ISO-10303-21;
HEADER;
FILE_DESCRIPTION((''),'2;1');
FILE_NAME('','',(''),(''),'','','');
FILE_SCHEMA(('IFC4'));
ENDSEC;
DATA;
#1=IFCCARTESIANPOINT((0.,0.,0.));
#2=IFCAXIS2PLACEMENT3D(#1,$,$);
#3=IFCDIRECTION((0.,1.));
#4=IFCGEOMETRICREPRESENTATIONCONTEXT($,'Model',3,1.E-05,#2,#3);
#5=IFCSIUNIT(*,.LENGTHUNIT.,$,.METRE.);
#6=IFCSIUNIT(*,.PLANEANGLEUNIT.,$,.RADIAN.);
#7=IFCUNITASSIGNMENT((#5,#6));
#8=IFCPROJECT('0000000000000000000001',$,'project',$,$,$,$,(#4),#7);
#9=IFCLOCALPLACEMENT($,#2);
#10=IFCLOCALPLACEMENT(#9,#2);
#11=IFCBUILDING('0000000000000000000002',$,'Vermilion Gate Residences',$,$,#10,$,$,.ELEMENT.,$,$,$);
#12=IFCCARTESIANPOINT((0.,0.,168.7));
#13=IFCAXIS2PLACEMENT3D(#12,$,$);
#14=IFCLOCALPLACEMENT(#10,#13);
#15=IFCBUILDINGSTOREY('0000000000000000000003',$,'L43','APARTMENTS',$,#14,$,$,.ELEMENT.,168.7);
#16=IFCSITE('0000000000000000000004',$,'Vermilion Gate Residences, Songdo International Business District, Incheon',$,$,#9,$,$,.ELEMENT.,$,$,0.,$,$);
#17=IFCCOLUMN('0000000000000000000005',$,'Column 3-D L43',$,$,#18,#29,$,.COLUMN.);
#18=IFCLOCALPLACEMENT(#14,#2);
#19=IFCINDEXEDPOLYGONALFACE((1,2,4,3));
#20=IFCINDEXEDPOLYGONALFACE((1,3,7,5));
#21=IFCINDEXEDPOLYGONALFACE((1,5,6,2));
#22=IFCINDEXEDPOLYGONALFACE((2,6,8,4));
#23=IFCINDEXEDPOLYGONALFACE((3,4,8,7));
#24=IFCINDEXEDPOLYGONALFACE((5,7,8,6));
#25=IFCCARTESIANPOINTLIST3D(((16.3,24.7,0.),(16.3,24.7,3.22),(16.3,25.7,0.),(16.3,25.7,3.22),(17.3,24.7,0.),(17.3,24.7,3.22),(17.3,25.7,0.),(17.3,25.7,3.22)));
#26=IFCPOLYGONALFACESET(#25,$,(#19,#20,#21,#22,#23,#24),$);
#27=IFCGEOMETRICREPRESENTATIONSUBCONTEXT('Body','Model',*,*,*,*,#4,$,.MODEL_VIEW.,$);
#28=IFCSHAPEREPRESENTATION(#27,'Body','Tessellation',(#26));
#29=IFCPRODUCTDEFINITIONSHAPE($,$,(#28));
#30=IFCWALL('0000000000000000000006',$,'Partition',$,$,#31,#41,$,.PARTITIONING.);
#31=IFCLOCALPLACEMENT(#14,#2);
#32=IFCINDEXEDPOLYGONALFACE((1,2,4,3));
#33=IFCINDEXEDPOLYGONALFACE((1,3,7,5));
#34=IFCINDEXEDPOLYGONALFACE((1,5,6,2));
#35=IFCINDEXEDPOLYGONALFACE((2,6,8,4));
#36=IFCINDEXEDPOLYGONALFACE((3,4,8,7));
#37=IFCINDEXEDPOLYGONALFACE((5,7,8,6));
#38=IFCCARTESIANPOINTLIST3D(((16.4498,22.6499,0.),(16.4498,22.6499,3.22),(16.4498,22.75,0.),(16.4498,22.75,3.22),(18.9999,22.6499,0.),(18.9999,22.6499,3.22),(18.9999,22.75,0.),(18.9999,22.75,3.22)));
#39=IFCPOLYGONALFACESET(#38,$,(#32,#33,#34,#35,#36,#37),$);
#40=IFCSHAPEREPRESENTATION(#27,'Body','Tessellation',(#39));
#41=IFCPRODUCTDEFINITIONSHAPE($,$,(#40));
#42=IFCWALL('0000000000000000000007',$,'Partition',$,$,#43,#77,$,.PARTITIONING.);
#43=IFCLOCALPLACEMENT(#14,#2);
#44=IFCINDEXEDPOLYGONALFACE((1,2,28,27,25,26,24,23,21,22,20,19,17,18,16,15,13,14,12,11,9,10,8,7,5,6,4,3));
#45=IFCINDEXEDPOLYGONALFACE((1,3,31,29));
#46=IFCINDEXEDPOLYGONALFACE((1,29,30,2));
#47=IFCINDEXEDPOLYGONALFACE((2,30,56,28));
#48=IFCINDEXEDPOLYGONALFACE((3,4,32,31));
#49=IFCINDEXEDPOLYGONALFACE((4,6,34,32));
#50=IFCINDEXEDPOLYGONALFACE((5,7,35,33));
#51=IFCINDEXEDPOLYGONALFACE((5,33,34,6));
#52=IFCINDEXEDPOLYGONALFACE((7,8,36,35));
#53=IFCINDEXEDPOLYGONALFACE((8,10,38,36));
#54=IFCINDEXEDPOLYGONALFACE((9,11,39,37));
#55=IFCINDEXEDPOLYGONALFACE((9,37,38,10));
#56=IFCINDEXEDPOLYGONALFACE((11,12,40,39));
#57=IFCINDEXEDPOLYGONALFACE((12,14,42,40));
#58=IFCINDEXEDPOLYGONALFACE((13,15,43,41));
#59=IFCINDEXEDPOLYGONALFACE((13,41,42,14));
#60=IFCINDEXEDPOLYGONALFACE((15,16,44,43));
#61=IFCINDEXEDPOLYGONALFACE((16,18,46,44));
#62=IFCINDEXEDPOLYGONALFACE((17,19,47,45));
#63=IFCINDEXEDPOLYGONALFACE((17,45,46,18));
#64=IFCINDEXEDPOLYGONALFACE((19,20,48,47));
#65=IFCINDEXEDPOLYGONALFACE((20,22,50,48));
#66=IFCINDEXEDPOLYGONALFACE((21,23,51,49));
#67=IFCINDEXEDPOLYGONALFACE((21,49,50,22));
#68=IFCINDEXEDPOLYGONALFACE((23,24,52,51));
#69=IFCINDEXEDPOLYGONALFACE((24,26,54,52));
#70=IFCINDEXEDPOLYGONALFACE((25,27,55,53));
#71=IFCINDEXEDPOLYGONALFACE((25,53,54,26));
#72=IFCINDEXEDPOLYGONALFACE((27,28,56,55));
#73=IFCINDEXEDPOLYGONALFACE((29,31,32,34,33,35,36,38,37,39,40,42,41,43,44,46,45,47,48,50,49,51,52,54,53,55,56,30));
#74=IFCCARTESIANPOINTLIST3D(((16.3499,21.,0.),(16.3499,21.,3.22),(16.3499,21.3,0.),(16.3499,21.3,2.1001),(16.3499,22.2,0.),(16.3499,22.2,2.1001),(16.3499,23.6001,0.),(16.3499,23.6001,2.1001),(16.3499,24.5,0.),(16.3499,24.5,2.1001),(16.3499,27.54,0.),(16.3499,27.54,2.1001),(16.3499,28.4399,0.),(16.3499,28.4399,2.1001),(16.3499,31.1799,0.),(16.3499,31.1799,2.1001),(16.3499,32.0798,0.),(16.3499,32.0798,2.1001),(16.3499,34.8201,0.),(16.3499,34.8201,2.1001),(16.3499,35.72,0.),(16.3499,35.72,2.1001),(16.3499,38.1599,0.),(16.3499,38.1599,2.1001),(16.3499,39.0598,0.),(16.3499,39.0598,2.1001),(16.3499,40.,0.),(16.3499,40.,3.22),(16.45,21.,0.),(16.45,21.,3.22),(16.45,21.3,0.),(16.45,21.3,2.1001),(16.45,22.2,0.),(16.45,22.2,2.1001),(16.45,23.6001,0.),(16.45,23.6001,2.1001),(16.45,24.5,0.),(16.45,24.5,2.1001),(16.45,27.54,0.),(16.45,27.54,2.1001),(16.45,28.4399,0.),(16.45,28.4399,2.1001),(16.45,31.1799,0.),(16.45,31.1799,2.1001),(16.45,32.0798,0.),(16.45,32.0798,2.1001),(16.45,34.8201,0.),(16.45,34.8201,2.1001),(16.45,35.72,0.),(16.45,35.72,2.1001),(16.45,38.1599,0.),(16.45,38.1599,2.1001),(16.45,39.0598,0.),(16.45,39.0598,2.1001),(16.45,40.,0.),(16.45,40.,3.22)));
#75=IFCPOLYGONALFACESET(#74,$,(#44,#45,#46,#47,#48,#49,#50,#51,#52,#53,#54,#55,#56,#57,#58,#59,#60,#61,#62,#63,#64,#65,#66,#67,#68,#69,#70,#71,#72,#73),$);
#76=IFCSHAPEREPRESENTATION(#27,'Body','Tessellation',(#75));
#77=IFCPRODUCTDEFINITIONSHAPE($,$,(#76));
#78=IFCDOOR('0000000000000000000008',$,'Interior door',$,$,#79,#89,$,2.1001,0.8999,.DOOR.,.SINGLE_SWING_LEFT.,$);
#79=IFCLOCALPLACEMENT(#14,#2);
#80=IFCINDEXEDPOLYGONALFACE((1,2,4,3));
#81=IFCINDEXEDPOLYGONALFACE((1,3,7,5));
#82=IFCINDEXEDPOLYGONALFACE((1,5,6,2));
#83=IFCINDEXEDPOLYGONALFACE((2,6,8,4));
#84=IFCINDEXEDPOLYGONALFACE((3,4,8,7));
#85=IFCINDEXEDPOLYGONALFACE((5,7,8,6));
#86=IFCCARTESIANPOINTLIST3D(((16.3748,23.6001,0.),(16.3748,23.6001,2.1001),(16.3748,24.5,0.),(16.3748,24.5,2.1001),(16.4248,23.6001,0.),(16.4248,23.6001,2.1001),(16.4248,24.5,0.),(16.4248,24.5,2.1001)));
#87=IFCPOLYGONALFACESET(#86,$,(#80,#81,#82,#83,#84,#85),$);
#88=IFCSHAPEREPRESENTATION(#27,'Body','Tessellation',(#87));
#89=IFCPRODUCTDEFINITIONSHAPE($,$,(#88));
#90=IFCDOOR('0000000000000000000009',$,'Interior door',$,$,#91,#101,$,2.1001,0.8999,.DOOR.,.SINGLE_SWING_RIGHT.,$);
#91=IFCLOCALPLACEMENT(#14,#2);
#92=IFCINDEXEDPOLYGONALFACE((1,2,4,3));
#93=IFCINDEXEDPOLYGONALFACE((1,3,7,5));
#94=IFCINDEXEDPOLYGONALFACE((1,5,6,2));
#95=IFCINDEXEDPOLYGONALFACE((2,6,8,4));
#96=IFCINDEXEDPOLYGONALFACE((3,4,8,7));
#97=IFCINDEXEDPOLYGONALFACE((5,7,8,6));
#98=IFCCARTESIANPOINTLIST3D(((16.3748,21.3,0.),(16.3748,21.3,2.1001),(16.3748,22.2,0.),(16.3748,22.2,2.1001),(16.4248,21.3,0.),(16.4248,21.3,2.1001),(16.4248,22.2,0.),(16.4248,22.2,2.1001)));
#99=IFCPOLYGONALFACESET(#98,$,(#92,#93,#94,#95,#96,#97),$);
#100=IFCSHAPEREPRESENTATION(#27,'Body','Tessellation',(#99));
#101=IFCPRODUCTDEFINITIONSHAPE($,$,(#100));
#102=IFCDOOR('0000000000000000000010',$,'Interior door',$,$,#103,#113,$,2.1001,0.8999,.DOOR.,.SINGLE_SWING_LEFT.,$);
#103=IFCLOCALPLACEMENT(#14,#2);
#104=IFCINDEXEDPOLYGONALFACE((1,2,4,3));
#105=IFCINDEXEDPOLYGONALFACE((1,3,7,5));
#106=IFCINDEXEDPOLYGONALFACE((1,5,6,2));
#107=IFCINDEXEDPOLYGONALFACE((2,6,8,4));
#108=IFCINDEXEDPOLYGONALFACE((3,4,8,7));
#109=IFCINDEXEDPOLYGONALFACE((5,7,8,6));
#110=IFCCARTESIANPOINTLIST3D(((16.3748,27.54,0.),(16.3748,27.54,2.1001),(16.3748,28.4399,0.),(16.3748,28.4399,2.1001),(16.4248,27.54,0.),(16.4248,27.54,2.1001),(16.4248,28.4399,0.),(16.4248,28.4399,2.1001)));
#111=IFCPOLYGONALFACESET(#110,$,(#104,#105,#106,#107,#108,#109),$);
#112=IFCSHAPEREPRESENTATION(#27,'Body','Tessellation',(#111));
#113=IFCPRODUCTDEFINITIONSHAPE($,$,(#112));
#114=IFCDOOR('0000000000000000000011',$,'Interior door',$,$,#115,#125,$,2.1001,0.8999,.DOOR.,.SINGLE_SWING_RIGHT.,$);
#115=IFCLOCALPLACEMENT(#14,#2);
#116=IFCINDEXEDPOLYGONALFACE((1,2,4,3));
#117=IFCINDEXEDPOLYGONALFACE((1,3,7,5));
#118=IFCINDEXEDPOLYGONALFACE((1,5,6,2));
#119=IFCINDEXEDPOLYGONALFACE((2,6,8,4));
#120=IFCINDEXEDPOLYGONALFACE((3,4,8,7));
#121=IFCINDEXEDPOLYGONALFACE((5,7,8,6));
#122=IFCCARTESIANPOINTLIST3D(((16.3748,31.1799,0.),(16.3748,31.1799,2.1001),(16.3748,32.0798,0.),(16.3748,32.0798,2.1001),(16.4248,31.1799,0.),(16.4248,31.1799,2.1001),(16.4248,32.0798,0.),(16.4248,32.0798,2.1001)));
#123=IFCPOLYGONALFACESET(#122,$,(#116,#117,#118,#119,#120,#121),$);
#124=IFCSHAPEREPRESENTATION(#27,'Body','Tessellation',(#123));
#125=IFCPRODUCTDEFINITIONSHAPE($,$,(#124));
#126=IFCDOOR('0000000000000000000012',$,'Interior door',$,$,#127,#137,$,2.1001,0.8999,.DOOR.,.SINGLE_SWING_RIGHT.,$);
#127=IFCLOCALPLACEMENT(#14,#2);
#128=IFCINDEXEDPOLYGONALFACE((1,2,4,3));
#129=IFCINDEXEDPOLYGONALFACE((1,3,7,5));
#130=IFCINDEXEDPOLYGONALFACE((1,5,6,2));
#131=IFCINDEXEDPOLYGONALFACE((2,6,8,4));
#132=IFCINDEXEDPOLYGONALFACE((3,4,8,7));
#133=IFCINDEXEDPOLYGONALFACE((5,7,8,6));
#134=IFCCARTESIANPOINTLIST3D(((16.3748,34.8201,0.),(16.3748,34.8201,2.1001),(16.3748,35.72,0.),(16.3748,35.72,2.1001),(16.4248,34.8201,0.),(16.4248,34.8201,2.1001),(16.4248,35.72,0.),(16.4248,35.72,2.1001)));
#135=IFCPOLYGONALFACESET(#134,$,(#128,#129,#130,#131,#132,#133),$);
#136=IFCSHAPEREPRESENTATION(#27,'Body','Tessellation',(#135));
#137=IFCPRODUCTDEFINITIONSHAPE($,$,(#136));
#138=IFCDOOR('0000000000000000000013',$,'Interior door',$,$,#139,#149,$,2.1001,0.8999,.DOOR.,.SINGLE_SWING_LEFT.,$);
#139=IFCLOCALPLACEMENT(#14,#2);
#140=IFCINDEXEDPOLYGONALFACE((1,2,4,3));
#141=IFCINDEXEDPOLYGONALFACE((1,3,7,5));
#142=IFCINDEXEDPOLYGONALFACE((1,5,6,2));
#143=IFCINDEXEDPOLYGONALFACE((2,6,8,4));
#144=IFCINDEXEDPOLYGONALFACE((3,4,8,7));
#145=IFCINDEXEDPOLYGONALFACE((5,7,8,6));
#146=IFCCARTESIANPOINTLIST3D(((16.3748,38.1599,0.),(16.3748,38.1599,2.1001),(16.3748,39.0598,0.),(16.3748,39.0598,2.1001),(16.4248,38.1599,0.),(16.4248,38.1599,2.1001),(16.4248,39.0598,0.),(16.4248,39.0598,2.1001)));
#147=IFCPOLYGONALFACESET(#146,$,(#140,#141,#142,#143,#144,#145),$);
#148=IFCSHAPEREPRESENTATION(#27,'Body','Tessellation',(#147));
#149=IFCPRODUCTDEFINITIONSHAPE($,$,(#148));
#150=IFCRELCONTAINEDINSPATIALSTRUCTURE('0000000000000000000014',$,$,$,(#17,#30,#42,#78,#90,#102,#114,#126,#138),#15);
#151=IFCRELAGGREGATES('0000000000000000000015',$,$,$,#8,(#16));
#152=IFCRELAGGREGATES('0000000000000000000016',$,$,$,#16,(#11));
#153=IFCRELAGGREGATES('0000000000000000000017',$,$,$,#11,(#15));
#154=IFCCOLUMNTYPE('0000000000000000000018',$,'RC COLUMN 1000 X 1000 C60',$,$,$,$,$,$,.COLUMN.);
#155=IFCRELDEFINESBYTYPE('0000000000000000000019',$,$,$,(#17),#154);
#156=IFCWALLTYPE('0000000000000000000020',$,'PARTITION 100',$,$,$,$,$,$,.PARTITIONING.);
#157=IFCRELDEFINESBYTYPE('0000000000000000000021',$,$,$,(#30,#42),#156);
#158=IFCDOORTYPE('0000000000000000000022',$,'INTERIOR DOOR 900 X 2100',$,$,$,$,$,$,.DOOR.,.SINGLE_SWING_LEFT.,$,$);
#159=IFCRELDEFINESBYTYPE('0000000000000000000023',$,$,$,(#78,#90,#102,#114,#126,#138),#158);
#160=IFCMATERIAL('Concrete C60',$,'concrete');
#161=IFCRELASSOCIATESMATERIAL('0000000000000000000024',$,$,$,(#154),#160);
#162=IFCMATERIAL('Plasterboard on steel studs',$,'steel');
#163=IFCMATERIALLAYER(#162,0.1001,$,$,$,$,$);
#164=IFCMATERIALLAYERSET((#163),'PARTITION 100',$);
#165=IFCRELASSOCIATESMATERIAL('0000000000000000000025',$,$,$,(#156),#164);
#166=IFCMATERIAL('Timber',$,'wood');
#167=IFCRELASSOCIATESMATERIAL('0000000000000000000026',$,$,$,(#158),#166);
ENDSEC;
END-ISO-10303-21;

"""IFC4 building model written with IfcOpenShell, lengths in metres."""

from ifc_helpers import new_model, si_unit, direction, frame, frame_2d, origin, origin_2d, place, context, subcontext, project, spatial, rectangle, extrude, material, layer, layer_set, material_profile, profile_set, type_object, element, fill, save


model = new_model("IFC4")

# Units and contexts
model_context = context("Model", 3, precision=1e-05, world=origin(), true_north=direction((0.0, 1.0)))
body_context = subcontext(model_context, "Body", "Model", "MODEL_VIEW")
ifc_project = project(units=[si_unit("LENGTHUNIT", "METRE"), si_unit("PLANEANGLEUNIT", "RADIAN")], contexts=[model_context])

# Site, building, storey
site_placement = place(None, origin())
site = spatial("IfcSite", under=ifc_project, at=site_placement, Name="Vermilion Gate Residences, Songdo International Business District, Incheon", CompositionType="ELEMENT", RefElevation=0.0)
building_placement = place(site_placement, origin())
building = spatial("IfcBuilding", under=site, at=building_placement, Name="Vermilion Gate Residences", CompositionType="ELEMENT")
storey_placement = place(building_placement, frame((0.0, 0.0, 168.7)))
storey = spatial("IfcBuildingStorey", under=building, at=storey_placement, Name="L43", Description="APARTMENTS", CompositionType="ELEMENT", Elevation=168.7)

# Column
ifc_material_1 = material(Name="Concrete C60", Category="concrete")
ifc_material_profile = material_profile(ifc_material_1, rectangle(XDim=1.0, YDim=1.0, at=origin_2d()), Name="RC-1000x1000")
ifc_profile_set = profile_set([ifc_material_profile], Name="Concrete C60")
column_type = type_object("IfcColumnType", Name="RC COLUMN 1000 X 1000 C60", PredefinedType="COLUMN", material=ifc_profile_set)
column_placement = place(storey_placement, frame((16.8, 25.2, 0.0), z_axis=(0.0, 0.0, 1.0), x_axis=(1.0, 0.0, 0.0)))
element("IfcColumn", 1, at=column_placement, inside=storey, type_object=column_type, Name="Column 3-D L43", PredefinedType="COLUMN", context=body_context, shape_type="SweptSolid", body=[
    extrude(rectangle(XDim=1.0, YDim=1.0, at=origin_2d()), origin(), (0.0, 0.0, 1.0), 3.22),
])

# Wall
ifc_material_2 = material(Name="Plasterboard on steel studs", Category="steel")
ifc_layer_1 = layer(ifc_material_2, 0.1001)
ifc_layer_set_1 = layer_set([ifc_layer_1], Name="PARTITION 100")
wall_type_1 = type_object("IfcWallType", Name="PARTITION 100", PredefinedType="PARTITIONING", material=ifc_layer_set_1)
wall_1_placement = place(storey_placement, frame((16.45, 22.7, 0.0), z_axis=(0.0, 0.0, 1.0), x_axis=(1.0, 0.0, 0.0)))
element("IfcWall", 2, at=wall_1_placement, inside=storey, type_object=wall_type_1, Name="Partition", PredefinedType="PARTITIONING", context=body_context, shape_type="SweptSolid", body=[
    extrude(rectangle(XDim=2.55, YDim=0.1001, at=frame_2d((1.2749, 0.0))), origin(), (0.0, 0.0, 1.0), 3.22),
])

# Wall, openings, doors
wall_2_placement = place(storey_placement, frame((16.3999, 21.0, 0.0), z_axis=(0.0, 0.0, 1.0), x_axis=(0.0, 1.0, 0.0)))
wall_2 = element("IfcWall", 3, at=wall_2_placement, inside=storey, type_object=wall_type_1, Name="Partition", PredefinedType="PARTITIONING", context=body_context, shape_type="SweptSolid", body=[
    extrude(rectangle(XDim=19.0, YDim=0.1001, at=frame_2d((9.5, 0.0))), origin(), (0.0, 0.0, 1.0), 3.22),
])
opening_1_placement = place(wall_2_placement, frame((2.6001, 0.0, 0.0)))
opening_1 = element("IfcOpeningElement", 4, at=opening_1_placement, cuts=wall_2, PredefinedType="OPENING", context=body_context, shape_type="SweptSolid", body=[
    extrude(rectangle(XDim=0.8999, YDim=2.1001, at=frame_2d((0.45, 1.05))), frame((0.0, 0.0601, 0.0), z_axis=(0.0, -1.0, 0.0), x_axis=(1.0, 0.0, 0.0)), (0.0, 0.0, 1.0), 0.1201),
])
opening_2_placement = place(wall_2_placement, frame((0.3, 0.0, 0.0)))
opening_2 = element("IfcOpeningElement", 5, at=opening_2_placement, cuts=wall_2, PredefinedType="OPENING", context=body_context, shape_type="SweptSolid", body=[
    extrude(rectangle(XDim=0.8999, YDim=2.1001, at=frame_2d((0.45, 1.05))), frame((0.0, 0.0601, 0.0), z_axis=(0.0, -1.0, 0.0), x_axis=(1.0, 0.0, 0.0)), (0.0, 0.0, 1.0), 0.1201),
])
opening_3_placement = place(wall_2_placement, frame((6.54, 0.0, 0.0)))
opening_3 = element("IfcOpeningElement", 6, at=opening_3_placement, cuts=wall_2, PredefinedType="OPENING", context=body_context, shape_type="SweptSolid", body=[
    extrude(rectangle(XDim=0.8999, YDim=2.1001, at=frame_2d((0.45, 1.05))), frame((0.0, 0.0601, 0.0), z_axis=(0.0, -1.0, 0.0), x_axis=(1.0, 0.0, 0.0)), (0.0, 0.0, 1.0), 0.1201),
])
opening_4_placement = place(wall_2_placement, frame((10.1799, 0.0, 0.0)))
opening_4 = element("IfcOpeningElement", 7, at=opening_4_placement, cuts=wall_2, PredefinedType="OPENING", context=body_context, shape_type="SweptSolid", body=[
    extrude(rectangle(XDim=0.8999, YDim=2.1001, at=frame_2d((0.45, 1.05))), frame((0.0, 0.0601, 0.0), z_axis=(0.0, -1.0, 0.0), x_axis=(1.0, 0.0, 0.0)), (0.0, 0.0, 1.0), 0.1201),
])
opening_5_placement = place(wall_2_placement, frame((13.8201, 0.0, 0.0)))
opening_5 = element("IfcOpeningElement", 8, at=opening_5_placement, cuts=wall_2, PredefinedType="OPENING", context=body_context, shape_type="SweptSolid", body=[
    extrude(rectangle(XDim=0.8999, YDim=2.1001, at=frame_2d((0.45, 1.05))), frame((0.0, 0.0601, 0.0), z_axis=(0.0, -1.0, 0.0), x_axis=(1.0, 0.0, 0.0)), (0.0, 0.0, 1.0), 0.1201),
])
opening_6_placement = place(wall_2_placement, frame((17.1599, 0.0, 0.0)))
opening_6 = element("IfcOpeningElement", 9, at=opening_6_placement, cuts=wall_2, PredefinedType="OPENING", context=body_context, shape_type="SweptSolid", body=[
    extrude(rectangle(XDim=0.8999, YDim=2.1001, at=frame_2d((0.45, 1.05))), frame((0.0, 0.0601, 0.0), z_axis=(0.0, -1.0, 0.0), x_axis=(1.0, 0.0, 0.0)), (0.0, 0.0, 1.0), 0.1201),
])
ifc_material_3 = material(Name="Timber", Category="wood")
door_type_1 = type_object("IfcDoorType", Name="INTERIOR DOOR 900 X 2100", OperationType="SINGLE_SWING_LEFT", PredefinedType="DOOR", material=ifc_material_3)
door_1_placement = place(opening_1_placement, frame((0.8999, 0.0, 0.0), z_axis=(0.0, 0.0, 1.0), x_axis=(-1.0, 0.0, 0.0)))
door_1 = element("IfcDoor", 10, at=door_1_placement, inside=storey, type_object=door_type_1, Name="Interior door", OperationType="SINGLE_SWING_LEFT", OverallHeight=2.1001, OverallWidth=0.8999, PredefinedType="DOOR", context=body_context, shape_type="SweptSolid", body=[
    extrude(rectangle(XDim=0.8999, YDim=2.1001, at=frame_2d((0.45, 1.05))), frame((0.0, 0.0249, 0.0), z_axis=(0.0, -1.0, 0.0), x_axis=(1.0, 0.0, 0.0)), (0.0, 0.0, 1.0), 0.05),
])
fill(opening_1, door_1)
door_2_placement = place(opening_2_placement, frame((0.8999, 0.0, 0.0), z_axis=(0.0, 0.0, 1.0), x_axis=(-1.0, 0.0, 0.0)))
door_2 = element("IfcDoor", 11, at=door_2_placement, inside=storey, type_object=door_type_1, Name="Interior door", OperationType="SINGLE_SWING_RIGHT", OverallHeight=2.1001, OverallWidth=0.8999, PredefinedType="DOOR", context=body_context, shape_type="SweptSolid", body=[
    extrude(rectangle(XDim=0.8999, YDim=2.1001, at=frame_2d((0.45, 1.05))), frame((0.0, 0.0249, 0.0), z_axis=(0.0, -1.0, 0.0), x_axis=(1.0, 0.0, 0.0)), (0.0, 0.0, 1.0), 0.05),
])
fill(opening_2, door_2)
door_3_placement = place(opening_3_placement, frame((0.8999, 0.0, 0.0), z_axis=(0.0, 0.0, 1.0), x_axis=(-1.0, 0.0, 0.0)))
door_3 = element("IfcDoor", 12, at=door_3_placement, inside=storey, type_object=door_type_1, Name="Interior door", OperationType="SINGLE_SWING_LEFT", OverallHeight=2.1001, OverallWidth=0.8999, PredefinedType="DOOR", context=body_context, shape_type="SweptSolid", body=[
    extrude(rectangle(XDim=0.8999, YDim=2.1001, at=frame_2d((0.45, 1.05))), frame((0.0, 0.0249, 0.0), z_axis=(0.0, -1.0, 0.0), x_axis=(1.0, 0.0, 0.0)), (0.0, 0.0, 1.0), 0.05),
])
fill(opening_3, door_3)
door_4_placement = place(opening_4_placement, frame((0.8999, 0.0, 0.0), z_axis=(0.0, 0.0, 1.0), x_axis=(-1.0, 0.0, 0.0)))
door_4 = element("IfcDoor", 13, at=door_4_placement, inside=storey, type_object=door_type_1, Name="Interior door", OperationType="SINGLE_SWING_RIGHT", OverallHeight=2.1001, OverallWidth=0.8999, PredefinedType="DOOR", context=body_context, shape_type="SweptSolid", body=[
    extrude(rectangle(XDim=0.8999, YDim=2.1001, at=frame_2d((0.45, 1.05))), frame((0.0, 0.0249, 0.0), z_axis=(0.0, -1.0, 0.0), x_axis=(1.0, 0.0, 0.0)), (0.0, 0.0, 1.0), 0.05),
])
fill(opening_4, door_4)
door_5_placement = place(opening_5_placement, frame((0.8999, 0.0, 0.0), z_axis=(0.0, 0.0, 1.0), x_axis=(-1.0, 0.0, 0.0)))
door_5 = element("IfcDoor", 14, at=door_5_placement, inside=storey, type_object=door_type_1, Name="Interior door", OperationType="SINGLE_SWING_RIGHT", OverallHeight=2.1001, OverallWidth=0.8999, PredefinedType="DOOR", context=body_context, shape_type="SweptSolid", body=[
    extrude(rectangle(XDim=0.8999, YDim=2.1001, at=frame_2d((0.45, 1.05))), frame((0.0, 0.0249, 0.0), z_axis=(0.0, -1.0, 0.0), x_axis=(1.0, 0.0, 0.0)), (0.0, 0.0, 1.0), 0.05),
])
fill(opening_5, door_5)
door_6_placement = place(opening_6_placement, frame((0.8999, 0.0, 0.0), z_axis=(0.0, 0.0, 1.0), x_axis=(-1.0, 0.0, 0.0)))
door_6 = element("IfcDoor", 15, at=door_6_placement, inside=storey, type_object=door_type_1, Name="Interior door", OperationType="SINGLE_SWING_LEFT", OverallHeight=2.1001, OverallWidth=0.8999, PredefinedType="DOOR", context=body_context, shape_type="SweptSolid", body=[
    extrude(rectangle(XDim=0.8999, YDim=2.1001, at=frame_2d((0.45, 1.05))), frame((0.0, 0.0249, 0.0), z_axis=(0.0, -1.0, 0.0), x_axis=(1.0, 0.0, 0.0)), (0.0, 0.0, 1.0), 0.05),
])
fill(opening_6, door_6)

save(model, "model.ifc")
